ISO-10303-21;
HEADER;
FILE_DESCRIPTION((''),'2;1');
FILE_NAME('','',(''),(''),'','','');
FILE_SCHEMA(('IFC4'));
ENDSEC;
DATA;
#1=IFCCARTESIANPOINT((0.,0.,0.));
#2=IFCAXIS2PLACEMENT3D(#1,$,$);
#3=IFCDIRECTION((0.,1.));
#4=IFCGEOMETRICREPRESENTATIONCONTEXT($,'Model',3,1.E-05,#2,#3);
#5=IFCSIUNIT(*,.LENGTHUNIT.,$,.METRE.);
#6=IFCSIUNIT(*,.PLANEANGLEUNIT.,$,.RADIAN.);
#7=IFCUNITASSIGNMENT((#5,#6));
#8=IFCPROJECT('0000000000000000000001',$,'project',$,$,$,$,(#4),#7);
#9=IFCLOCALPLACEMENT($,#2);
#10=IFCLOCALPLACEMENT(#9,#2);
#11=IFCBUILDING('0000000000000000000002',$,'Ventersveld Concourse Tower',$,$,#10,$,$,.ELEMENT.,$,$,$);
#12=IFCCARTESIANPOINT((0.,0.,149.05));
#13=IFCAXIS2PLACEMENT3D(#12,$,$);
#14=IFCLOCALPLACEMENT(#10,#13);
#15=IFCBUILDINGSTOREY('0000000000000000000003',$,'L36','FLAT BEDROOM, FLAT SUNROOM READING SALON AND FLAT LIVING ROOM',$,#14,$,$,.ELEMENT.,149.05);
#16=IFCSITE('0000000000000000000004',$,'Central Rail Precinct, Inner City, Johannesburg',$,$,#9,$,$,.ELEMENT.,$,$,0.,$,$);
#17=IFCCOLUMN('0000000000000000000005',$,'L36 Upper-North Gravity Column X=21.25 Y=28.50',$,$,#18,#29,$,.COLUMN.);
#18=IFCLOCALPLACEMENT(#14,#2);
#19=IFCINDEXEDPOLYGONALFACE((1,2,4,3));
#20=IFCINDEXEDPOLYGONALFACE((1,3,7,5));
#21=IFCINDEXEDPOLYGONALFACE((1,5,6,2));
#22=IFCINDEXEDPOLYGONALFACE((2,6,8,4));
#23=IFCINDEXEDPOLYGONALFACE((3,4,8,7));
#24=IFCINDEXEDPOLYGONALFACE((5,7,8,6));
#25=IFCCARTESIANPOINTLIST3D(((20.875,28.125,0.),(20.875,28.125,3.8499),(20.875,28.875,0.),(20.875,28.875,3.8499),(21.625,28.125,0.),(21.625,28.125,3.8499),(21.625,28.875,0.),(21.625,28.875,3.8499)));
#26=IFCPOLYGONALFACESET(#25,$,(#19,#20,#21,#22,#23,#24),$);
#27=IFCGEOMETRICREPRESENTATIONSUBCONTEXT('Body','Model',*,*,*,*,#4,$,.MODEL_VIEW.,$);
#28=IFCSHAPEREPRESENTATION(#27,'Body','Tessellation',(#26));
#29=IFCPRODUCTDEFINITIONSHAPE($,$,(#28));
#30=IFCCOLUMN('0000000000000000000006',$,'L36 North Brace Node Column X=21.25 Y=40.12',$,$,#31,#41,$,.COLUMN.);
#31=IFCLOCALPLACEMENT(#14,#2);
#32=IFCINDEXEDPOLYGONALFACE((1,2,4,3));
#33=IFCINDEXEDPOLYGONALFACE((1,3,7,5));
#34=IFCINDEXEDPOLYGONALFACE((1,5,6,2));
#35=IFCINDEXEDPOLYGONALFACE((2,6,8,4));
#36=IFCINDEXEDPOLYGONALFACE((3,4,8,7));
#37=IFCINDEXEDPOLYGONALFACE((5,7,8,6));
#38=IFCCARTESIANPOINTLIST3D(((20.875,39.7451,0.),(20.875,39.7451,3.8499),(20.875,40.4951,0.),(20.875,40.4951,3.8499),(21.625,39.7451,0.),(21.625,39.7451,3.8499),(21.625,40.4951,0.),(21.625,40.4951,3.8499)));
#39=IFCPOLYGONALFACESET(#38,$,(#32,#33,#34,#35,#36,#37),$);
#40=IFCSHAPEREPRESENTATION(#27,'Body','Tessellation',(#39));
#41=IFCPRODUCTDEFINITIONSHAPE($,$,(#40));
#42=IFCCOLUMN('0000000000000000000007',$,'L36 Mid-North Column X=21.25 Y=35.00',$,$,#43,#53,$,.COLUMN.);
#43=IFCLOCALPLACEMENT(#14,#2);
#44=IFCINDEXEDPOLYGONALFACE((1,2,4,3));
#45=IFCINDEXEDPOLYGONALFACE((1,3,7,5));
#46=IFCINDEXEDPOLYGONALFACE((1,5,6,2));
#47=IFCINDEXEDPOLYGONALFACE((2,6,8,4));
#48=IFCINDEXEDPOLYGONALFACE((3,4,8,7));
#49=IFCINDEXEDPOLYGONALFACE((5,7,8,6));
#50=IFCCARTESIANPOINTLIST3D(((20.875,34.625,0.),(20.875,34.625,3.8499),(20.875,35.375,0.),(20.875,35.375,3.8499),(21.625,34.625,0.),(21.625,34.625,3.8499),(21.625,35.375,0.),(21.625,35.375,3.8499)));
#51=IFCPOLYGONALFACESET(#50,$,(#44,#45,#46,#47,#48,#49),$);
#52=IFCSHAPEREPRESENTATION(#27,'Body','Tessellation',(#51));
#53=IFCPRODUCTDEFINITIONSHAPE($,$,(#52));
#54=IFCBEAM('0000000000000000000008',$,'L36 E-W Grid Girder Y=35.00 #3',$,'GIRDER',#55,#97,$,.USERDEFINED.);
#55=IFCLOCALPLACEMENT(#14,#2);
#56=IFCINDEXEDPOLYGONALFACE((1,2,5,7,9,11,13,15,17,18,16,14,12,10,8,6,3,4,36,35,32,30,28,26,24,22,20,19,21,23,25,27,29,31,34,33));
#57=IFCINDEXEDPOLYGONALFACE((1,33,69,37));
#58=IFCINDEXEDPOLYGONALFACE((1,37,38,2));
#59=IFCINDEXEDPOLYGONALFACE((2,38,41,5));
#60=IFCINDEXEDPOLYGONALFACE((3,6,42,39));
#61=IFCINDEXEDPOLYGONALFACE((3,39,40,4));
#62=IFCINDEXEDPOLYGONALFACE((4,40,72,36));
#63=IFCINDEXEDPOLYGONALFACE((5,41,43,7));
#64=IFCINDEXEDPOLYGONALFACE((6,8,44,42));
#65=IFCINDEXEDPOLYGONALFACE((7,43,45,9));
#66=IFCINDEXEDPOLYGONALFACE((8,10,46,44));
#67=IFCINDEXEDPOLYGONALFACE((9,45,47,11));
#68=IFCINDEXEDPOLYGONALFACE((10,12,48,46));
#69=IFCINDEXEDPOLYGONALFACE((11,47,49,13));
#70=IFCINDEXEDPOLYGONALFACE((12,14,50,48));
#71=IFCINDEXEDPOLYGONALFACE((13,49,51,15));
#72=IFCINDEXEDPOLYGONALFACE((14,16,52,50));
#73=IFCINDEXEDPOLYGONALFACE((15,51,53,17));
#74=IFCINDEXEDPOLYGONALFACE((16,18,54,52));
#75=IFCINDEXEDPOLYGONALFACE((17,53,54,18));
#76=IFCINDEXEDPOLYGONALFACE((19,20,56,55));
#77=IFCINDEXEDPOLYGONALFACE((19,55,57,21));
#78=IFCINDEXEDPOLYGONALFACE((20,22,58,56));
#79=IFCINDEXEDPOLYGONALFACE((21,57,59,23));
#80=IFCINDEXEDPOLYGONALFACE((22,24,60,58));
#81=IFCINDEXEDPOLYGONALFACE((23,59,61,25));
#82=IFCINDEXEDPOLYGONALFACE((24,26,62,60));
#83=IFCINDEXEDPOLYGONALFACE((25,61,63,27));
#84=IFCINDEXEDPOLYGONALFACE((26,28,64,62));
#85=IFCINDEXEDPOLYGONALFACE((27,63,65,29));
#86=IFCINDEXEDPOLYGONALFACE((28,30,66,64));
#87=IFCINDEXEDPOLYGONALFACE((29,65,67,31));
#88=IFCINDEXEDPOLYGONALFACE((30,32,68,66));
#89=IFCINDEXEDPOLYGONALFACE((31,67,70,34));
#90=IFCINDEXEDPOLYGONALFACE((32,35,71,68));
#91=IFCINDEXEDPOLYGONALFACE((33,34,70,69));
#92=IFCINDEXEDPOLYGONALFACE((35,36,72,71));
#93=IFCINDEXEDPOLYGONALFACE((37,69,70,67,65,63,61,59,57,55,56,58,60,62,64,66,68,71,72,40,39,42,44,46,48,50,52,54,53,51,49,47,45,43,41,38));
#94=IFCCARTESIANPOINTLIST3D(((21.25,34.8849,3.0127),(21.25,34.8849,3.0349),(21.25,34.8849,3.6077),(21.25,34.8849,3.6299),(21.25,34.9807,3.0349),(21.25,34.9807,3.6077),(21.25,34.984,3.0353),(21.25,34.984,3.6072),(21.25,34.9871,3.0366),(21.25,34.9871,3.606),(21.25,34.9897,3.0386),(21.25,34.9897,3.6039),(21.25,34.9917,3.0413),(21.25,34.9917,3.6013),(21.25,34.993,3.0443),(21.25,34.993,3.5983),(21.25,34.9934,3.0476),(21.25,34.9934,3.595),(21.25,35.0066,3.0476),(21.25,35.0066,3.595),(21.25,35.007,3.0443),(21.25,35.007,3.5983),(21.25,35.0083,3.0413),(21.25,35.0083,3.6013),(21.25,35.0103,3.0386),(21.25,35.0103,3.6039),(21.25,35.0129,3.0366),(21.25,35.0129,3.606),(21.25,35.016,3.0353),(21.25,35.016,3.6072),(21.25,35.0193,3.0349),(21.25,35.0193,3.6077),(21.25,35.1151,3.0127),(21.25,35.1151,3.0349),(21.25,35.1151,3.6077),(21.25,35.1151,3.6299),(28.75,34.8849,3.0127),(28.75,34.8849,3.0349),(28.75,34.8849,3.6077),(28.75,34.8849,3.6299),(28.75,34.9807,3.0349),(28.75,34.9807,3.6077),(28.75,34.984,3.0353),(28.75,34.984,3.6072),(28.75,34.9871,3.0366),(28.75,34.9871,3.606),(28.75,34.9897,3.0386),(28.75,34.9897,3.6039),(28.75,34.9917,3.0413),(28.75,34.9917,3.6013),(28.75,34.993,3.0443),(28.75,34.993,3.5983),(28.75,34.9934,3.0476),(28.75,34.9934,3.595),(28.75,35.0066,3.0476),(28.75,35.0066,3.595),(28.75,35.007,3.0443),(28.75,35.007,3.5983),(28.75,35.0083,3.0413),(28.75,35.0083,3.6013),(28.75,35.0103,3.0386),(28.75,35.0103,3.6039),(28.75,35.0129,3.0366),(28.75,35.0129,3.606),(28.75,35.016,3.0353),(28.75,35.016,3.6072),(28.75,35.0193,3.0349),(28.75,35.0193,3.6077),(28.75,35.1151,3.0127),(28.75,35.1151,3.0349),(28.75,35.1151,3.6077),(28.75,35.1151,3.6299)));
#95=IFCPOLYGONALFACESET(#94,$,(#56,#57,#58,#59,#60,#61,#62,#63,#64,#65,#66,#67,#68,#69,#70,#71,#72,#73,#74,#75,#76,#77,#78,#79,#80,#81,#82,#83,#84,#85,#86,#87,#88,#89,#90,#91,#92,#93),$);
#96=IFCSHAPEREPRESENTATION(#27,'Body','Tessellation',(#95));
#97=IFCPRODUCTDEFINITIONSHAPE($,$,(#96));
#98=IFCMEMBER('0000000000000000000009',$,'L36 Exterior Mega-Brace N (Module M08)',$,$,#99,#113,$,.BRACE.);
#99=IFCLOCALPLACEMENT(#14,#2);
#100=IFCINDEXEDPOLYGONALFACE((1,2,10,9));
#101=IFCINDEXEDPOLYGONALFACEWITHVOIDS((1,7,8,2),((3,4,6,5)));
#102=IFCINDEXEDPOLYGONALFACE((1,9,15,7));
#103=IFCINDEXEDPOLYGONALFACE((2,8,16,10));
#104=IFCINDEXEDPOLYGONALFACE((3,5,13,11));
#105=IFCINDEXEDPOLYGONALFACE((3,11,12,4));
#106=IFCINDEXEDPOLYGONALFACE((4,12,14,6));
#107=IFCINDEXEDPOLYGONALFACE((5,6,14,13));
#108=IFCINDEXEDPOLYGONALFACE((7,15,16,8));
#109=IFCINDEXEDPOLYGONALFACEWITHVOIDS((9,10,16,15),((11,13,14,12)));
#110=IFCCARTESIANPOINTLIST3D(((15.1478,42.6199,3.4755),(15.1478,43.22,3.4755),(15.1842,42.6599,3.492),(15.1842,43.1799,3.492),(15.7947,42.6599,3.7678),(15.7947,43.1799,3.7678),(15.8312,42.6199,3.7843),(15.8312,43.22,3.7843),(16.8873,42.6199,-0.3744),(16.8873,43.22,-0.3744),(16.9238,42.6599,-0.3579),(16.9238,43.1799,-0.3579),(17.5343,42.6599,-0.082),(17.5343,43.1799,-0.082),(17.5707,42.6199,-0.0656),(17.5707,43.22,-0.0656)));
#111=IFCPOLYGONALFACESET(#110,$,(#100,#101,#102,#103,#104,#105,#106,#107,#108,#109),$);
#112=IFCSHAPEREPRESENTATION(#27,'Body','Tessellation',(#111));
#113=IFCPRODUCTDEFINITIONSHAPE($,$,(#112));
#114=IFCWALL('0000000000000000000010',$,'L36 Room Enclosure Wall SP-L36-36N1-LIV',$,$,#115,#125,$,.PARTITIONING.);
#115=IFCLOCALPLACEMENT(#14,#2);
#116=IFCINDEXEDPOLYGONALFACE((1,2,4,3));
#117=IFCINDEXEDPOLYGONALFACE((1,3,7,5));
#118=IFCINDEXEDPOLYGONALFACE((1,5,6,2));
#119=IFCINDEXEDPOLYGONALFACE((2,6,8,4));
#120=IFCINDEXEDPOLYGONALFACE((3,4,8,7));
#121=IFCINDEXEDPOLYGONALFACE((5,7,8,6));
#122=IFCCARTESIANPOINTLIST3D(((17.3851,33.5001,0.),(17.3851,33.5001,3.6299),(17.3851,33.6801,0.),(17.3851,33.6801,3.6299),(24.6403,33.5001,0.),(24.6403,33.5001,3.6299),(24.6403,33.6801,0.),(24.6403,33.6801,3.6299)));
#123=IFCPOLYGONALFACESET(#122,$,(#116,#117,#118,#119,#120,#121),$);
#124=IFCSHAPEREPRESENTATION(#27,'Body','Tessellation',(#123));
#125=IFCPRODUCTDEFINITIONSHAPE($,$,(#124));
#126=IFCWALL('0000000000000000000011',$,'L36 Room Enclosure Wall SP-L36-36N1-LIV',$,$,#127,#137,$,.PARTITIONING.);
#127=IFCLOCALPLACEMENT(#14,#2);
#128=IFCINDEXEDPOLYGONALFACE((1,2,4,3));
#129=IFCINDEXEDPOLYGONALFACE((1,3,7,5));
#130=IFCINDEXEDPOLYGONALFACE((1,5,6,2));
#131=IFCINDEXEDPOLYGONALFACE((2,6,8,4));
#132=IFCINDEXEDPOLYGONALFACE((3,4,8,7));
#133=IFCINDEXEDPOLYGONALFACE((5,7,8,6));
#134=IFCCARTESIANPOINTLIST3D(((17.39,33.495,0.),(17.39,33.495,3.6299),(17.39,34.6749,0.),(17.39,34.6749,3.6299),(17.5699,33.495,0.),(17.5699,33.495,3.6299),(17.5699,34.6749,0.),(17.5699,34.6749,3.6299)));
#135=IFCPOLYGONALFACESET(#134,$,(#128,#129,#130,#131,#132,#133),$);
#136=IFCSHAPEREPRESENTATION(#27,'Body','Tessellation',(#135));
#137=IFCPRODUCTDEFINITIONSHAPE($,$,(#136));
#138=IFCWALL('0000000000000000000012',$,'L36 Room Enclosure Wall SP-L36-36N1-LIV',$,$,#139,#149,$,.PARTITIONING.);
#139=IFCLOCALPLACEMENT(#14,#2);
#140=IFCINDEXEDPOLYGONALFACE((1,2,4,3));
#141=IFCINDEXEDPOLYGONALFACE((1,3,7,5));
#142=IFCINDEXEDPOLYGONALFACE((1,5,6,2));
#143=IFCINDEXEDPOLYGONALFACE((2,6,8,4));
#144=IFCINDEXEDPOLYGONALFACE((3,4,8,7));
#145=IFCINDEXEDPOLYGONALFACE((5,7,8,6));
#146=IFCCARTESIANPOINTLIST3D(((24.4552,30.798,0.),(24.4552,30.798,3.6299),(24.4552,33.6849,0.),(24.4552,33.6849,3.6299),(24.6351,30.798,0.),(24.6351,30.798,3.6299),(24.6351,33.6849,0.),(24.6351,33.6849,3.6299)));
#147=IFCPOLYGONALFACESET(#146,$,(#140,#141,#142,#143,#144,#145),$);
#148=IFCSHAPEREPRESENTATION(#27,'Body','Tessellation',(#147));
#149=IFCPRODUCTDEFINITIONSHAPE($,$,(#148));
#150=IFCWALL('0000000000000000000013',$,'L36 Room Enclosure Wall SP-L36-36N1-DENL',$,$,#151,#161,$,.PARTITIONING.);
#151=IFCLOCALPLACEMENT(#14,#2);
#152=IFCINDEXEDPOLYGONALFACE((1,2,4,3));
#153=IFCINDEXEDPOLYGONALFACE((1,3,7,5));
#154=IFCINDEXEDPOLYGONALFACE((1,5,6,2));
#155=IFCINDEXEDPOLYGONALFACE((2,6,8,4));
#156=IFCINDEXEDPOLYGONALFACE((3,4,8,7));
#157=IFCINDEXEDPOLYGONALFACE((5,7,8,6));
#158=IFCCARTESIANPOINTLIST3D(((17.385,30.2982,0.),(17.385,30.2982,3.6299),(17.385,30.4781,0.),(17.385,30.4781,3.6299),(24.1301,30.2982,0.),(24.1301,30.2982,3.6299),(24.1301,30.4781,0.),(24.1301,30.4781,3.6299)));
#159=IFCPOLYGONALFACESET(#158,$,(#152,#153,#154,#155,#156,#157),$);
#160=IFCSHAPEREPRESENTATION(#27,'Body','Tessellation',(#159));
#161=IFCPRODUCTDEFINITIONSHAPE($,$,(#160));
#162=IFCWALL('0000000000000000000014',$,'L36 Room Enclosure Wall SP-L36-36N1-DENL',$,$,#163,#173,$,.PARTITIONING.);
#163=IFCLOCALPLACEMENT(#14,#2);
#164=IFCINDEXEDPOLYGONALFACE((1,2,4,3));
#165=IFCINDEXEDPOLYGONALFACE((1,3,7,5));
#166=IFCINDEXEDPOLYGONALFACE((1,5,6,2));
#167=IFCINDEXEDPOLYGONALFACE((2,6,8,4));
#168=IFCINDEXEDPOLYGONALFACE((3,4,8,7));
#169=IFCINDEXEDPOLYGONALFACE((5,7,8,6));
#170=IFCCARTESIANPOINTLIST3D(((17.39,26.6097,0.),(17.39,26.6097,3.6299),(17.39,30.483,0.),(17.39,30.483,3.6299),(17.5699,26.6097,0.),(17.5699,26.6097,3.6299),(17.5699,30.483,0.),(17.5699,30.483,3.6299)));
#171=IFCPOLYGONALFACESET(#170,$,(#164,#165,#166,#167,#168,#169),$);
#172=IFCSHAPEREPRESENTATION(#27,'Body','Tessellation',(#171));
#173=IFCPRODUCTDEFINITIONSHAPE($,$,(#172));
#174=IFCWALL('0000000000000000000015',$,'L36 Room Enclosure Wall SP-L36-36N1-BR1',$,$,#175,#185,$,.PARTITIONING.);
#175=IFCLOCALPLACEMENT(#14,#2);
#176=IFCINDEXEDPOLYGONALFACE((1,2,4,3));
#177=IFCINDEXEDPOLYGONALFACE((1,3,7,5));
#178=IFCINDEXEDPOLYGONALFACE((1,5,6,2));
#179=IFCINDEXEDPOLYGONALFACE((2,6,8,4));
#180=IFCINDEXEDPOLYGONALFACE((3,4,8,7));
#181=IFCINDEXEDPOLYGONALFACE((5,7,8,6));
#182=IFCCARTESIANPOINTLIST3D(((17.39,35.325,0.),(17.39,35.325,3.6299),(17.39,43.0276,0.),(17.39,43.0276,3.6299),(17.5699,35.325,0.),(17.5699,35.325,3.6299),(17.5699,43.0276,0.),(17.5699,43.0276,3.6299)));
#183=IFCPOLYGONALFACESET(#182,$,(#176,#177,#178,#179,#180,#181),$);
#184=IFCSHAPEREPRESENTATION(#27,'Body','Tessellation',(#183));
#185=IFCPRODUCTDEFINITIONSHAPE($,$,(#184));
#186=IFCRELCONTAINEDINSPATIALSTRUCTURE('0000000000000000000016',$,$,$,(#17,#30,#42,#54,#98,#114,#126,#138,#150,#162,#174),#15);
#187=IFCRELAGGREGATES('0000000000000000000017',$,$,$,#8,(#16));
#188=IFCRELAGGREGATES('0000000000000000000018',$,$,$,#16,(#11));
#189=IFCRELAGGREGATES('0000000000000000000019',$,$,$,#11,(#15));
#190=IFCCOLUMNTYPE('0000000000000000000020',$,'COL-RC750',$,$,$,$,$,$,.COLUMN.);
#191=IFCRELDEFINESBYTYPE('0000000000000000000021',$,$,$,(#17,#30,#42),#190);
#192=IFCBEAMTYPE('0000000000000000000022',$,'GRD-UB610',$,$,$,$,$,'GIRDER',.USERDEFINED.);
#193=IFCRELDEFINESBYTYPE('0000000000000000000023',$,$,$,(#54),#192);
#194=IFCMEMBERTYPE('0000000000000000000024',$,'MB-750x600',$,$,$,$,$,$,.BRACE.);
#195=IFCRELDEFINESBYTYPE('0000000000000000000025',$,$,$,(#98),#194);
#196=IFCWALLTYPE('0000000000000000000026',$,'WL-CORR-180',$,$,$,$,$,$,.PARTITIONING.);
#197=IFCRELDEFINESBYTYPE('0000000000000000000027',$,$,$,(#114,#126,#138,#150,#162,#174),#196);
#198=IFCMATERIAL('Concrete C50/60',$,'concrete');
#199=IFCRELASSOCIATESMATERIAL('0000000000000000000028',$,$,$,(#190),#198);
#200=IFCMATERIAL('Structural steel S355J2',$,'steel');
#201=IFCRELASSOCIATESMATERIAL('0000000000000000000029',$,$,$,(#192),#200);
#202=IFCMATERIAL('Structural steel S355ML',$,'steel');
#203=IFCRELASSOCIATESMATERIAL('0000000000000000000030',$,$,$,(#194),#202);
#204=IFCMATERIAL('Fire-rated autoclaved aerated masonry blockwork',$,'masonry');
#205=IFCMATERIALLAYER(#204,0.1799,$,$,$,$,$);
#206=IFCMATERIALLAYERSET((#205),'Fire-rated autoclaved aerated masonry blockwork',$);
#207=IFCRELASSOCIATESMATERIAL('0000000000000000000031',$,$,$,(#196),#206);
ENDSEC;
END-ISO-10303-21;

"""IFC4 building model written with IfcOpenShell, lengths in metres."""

from ifc_helpers import new_model, si_unit, direction, frame, frame_2d, origin, origin_2d, place, context, subcontext, project, spatial, rectangle, hollow_rectangle, i_section, extrude, material, layer, layer_set, material_profile, profile_set, type_object, element, save


model = new_model("IFC4")

# Units and contexts
model_context = context("Model", 3, precision=1e-05, world=origin(), true_north=direction((0.0, 1.0)))
body_context = subcontext(model_context, "Body", "Model", "MODEL_VIEW")
ifc_project = project(units=[si_unit("LENGTHUNIT", "METRE"), si_unit("PLANEANGLEUNIT", "RADIAN")], contexts=[model_context])

# Site, building, storey
site_placement = place(None, origin())
site = spatial("IfcSite", under=ifc_project, at=site_placement, Name="Central Rail Precinct, Inner City, Johannesburg", CompositionType="ELEMENT", RefElevation=0.0)
building_placement = place(site_placement, origin())
building = spatial("IfcBuilding", under=site, at=building_placement, Name="Ventersveld Concourse Tower", CompositionType="ELEMENT")
storey_placement = place(building_placement, frame((0.0, 0.0, 149.05)))
storey = spatial("IfcBuildingStorey", under=building, at=storey_placement, Name="L36", Description="FLAT BEDROOM, FLAT SUNROOM READING SALON AND FLAT LIVING ROOM", CompositionType="ELEMENT", Elevation=149.05)

# Columns
ifc_material_1 = material(Name="Concrete C50/60", Category="concrete")
ifc_material_profile_1 = material_profile(ifc_material_1, rectangle(XDim=0.75, YDim=0.75, at=origin_2d()), Name="RC 750x750")
ifc_profile_set_1 = profile_set([ifc_material_profile_1], Name="Concrete C50/60")
column_type = type_object("IfcColumnType", Name="COL-RC750", PredefinedType="COLUMN", material=ifc_profile_set_1)
for number, where, z_axis, x_axis, name in (
    (1, (21.25, 28.5, 0.0), (0.0, 0.0, 1.0), (1.0, 0.0, 0.0), "L36 Upper-North Gravity Column X=21.25 Y=28.50"),
    (2, (21.25, 40.1201, 0.0), (0.0, 0.0, 1.0), (1.0, 0.0, 0.0), "L36 North Brace Node Column X=21.25 Y=40.12"),
    (3, (21.25, 35.0, 0.0), (0.0, 0.0, 1.0), (1.0, 0.0, 0.0), "L36 Mid-North Column X=21.25 Y=35.00"),
):
    element("IfcColumn", number, at=place(storey_placement, frame(where, z_axis=z_axis, x_axis=x_axis)), inside=storey, type_object=column_type, Name=name, PredefinedType="COLUMN", context=body_context, shape_type="SweptSolid", body=[
        extrude(rectangle(XDim=0.75, YDim=0.75, at=origin_2d()), origin(), (0.0, 0.0, 1.0), 3.8499),
    ])

# Beam
ifc_material_2 = material(Name="Structural steel S355J2", Category="steel")
ifc_material_profile_2 = material_profile(ifc_material_2, i_section(OverallWidth=0.2302, OverallDepth=0.6172, WebThickness=0.0132, FlangeThickness=0.0222, FilletRadius=0.0127, at=origin_2d()), Name="UB 610x229x140")
ifc_profile_set_2 = profile_set([ifc_material_profile_2], Name="Structural steel S355J2")
beam_type = type_object("IfcBeamType", Name="GRD-UB610", ElementType="GIRDER", PredefinedType="USERDEFINED", material=ifc_profile_set_2)
beam_placement = place(storey_placement, frame((21.25, 35.0, 3.3213), z_axis=(1.0, 0.0, 0.0), x_axis=(0.0, 1.0, 0.0)))
element("IfcBeam", 4, at=beam_placement, inside=storey, type_object=beam_type, Name="L36 E-W Grid Girder Y=35.00 #3", ObjectType="GIRDER", PredefinedType="USERDEFINED", context=body_context, shape_type="SweptSolid", body=[
    extrude(i_section(OverallWidth=0.2302, OverallDepth=0.6172, WebThickness=0.0132, FlangeThickness=0.0222, FilletRadius=0.0127, at=origin_2d()), origin(), (0.0, 0.0, 1.0), 7.5),
])

# Member
ifc_material_3 = material(Name="Structural steel S355ML", Category="steel")
ifc_material_profile_3 = material_profile(ifc_material_3, hollow_rectangle(XDim=0.6001, YDim=0.75, WallThickness=0.04, at=origin_2d()), Name="BOX 750x600x40")
ifc_profile_set_3 = profile_set([ifc_material_profile_3], Name="Structural steel S355ML")
member_type = type_object("IfcMemberType", Name="MB-750x600", PredefinedType="BRACE", material=ifc_profile_set_3)
member_placement = place(storey_placement, frame((17.229, 42.9199, -0.22), z_axis=(-0.411755, 0.0, 0.911294), x_axis=(0.0, -1.0, 0.0)))
element("IfcMember", 5, at=member_placement, inside=storey, type_object=member_type, Name="L36 Exterior Mega-Brace N (Module M08)", PredefinedType="BRACE", context=body_context, shape_type="SweptSolid", body=[
    extrude(hollow_rectangle(XDim=0.6001, YDim=0.75, WallThickness=0.04, at=origin_2d()), origin(), (0.0, 0.0, 1.0), 4.2246),
])

# Walls
ifc_material_4 = material(Name="Fire-rated autoclaved aerated masonry blockwork", Category="masonry")
ifc_layer_1 = layer(ifc_material_4, 0.1799)
ifc_layer_set_1 = layer_set([ifc_layer_1], Name="Fire-rated autoclaved aerated masonry blockwork")
wall_type_1 = type_object("IfcWallType", Name="WL-CORR-180", PredefinedType="PARTITIONING", material=ifc_layer_set_1)
wall_1_placement = place(storey_placement, frame((24.6401, 33.5901, 0.0), z_axis=(0.0, 0.0, 1.0), x_axis=(-1.0, 0.0, 0.0)))
element("IfcWall", 6, at=wall_1_placement, inside=storey, type_object=wall_type_1, Name="L36 Room Enclosure Wall SP-L36-36N1-LIV", PredefinedType="PARTITIONING", context=body_context, shape_type="SweptSolid", body=[
    extrude(rectangle(XDim=7.2551, YDim=0.1799, at=frame_2d((3.6274, 0.0))), origin(), (0.0, 0.0, 1.0), 3.6299),
])
wall_2_placement = place(storey_placement, frame((17.48, 33.4951, 0.0), z_axis=(0.0, 0.0, 1.0), x_axis=(0.0, 1.0, 0.0)))
element("IfcWall", 7, at=wall_2_placement, inside=storey, type_object=wall_type_1, Name="L36 Room Enclosure Wall SP-L36-36N1-LIV", PredefinedType="PARTITIONING", context=body_context, shape_type="SweptSolid", body=[
    extrude(rectangle(XDim=1.1799, YDim=0.1799, at=frame_2d((0.5898, 0.0))), origin(), (0.0, 0.0, 1.0), 3.6299),
])
wall_3_placement = place(storey_placement, frame((24.5452, 30.7981, 0.0), z_axis=(0.0, 0.0, 1.0), x_axis=(0.0, 1.0, 0.0)))
element("IfcWall", 8, at=wall_3_placement, inside=storey, type_object=wall_type_1, Name="L36 Room Enclosure Wall SP-L36-36N1-LIV", PredefinedType="PARTITIONING", context=body_context, shape_type="SweptSolid", body=[
    extrude(rectangle(XDim=2.887, YDim=0.1799, at=frame_2d((1.4434, 0.0))), origin(), (0.0, 0.0, 1.0), 3.6299),
])
wall_4_placement = place(storey_placement, frame((17.385, 30.3882, 0.0), z_axis=(0.0, 0.0, 1.0), x_axis=(1.0, 0.0, 0.0)))
element("IfcWall", 9, at=wall_4_placement, inside=storey, type_object=wall_type_1, Name="L36 Room Enclosure Wall SP-L36-36N1-DENL", PredefinedType="PARTITIONING", context=body_context, shape_type="SweptSolid", body=[
    extrude(rectangle(XDim=6.7451, YDim=0.1799, at=frame_2d((3.3726, 0.0))), origin(), (0.0, 0.0, 1.0), 3.6299),
])
wall_5_placement = place(storey_placement, frame((17.48, 26.6099, 0.0), z_axis=(0.0, 0.0, 1.0), x_axis=(0.0, 1.0, 0.0)))
element("IfcWall", 10, at=wall_5_placement, inside=storey, type_object=wall_type_1, Name="L36 Room Enclosure Wall SP-L36-36N1-DENL", PredefinedType="PARTITIONING", context=body_context, shape_type="SweptSolid", body=[
    extrude(rectangle(XDim=3.8733, YDim=0.1799, at=frame_2d((1.9365, 0.0))), origin(), (0.0, 0.0, 1.0), 3.6299),
])
wall_6_placement = place(storey_placement, frame((17.48, 35.325, 0.0), z_axis=(0.0, 0.0, 1.0), x_axis=(0.0, 1.0, 0.0)))
element("IfcWall", 11, at=wall_6_placement, inside=storey, type_object=wall_type_1, Name="L36 Room Enclosure Wall SP-L36-36N1-BR1", PredefinedType="PARTITIONING", context=body_context, shape_type="SweptSolid", body=[
    extrude(rectangle(XDim=7.7026, YDim=0.1799, at=frame_2d((3.8513, 0.0))), origin(), (0.0, 0.0, 1.0), 3.6299),
])

save(model, "model.ifc")
